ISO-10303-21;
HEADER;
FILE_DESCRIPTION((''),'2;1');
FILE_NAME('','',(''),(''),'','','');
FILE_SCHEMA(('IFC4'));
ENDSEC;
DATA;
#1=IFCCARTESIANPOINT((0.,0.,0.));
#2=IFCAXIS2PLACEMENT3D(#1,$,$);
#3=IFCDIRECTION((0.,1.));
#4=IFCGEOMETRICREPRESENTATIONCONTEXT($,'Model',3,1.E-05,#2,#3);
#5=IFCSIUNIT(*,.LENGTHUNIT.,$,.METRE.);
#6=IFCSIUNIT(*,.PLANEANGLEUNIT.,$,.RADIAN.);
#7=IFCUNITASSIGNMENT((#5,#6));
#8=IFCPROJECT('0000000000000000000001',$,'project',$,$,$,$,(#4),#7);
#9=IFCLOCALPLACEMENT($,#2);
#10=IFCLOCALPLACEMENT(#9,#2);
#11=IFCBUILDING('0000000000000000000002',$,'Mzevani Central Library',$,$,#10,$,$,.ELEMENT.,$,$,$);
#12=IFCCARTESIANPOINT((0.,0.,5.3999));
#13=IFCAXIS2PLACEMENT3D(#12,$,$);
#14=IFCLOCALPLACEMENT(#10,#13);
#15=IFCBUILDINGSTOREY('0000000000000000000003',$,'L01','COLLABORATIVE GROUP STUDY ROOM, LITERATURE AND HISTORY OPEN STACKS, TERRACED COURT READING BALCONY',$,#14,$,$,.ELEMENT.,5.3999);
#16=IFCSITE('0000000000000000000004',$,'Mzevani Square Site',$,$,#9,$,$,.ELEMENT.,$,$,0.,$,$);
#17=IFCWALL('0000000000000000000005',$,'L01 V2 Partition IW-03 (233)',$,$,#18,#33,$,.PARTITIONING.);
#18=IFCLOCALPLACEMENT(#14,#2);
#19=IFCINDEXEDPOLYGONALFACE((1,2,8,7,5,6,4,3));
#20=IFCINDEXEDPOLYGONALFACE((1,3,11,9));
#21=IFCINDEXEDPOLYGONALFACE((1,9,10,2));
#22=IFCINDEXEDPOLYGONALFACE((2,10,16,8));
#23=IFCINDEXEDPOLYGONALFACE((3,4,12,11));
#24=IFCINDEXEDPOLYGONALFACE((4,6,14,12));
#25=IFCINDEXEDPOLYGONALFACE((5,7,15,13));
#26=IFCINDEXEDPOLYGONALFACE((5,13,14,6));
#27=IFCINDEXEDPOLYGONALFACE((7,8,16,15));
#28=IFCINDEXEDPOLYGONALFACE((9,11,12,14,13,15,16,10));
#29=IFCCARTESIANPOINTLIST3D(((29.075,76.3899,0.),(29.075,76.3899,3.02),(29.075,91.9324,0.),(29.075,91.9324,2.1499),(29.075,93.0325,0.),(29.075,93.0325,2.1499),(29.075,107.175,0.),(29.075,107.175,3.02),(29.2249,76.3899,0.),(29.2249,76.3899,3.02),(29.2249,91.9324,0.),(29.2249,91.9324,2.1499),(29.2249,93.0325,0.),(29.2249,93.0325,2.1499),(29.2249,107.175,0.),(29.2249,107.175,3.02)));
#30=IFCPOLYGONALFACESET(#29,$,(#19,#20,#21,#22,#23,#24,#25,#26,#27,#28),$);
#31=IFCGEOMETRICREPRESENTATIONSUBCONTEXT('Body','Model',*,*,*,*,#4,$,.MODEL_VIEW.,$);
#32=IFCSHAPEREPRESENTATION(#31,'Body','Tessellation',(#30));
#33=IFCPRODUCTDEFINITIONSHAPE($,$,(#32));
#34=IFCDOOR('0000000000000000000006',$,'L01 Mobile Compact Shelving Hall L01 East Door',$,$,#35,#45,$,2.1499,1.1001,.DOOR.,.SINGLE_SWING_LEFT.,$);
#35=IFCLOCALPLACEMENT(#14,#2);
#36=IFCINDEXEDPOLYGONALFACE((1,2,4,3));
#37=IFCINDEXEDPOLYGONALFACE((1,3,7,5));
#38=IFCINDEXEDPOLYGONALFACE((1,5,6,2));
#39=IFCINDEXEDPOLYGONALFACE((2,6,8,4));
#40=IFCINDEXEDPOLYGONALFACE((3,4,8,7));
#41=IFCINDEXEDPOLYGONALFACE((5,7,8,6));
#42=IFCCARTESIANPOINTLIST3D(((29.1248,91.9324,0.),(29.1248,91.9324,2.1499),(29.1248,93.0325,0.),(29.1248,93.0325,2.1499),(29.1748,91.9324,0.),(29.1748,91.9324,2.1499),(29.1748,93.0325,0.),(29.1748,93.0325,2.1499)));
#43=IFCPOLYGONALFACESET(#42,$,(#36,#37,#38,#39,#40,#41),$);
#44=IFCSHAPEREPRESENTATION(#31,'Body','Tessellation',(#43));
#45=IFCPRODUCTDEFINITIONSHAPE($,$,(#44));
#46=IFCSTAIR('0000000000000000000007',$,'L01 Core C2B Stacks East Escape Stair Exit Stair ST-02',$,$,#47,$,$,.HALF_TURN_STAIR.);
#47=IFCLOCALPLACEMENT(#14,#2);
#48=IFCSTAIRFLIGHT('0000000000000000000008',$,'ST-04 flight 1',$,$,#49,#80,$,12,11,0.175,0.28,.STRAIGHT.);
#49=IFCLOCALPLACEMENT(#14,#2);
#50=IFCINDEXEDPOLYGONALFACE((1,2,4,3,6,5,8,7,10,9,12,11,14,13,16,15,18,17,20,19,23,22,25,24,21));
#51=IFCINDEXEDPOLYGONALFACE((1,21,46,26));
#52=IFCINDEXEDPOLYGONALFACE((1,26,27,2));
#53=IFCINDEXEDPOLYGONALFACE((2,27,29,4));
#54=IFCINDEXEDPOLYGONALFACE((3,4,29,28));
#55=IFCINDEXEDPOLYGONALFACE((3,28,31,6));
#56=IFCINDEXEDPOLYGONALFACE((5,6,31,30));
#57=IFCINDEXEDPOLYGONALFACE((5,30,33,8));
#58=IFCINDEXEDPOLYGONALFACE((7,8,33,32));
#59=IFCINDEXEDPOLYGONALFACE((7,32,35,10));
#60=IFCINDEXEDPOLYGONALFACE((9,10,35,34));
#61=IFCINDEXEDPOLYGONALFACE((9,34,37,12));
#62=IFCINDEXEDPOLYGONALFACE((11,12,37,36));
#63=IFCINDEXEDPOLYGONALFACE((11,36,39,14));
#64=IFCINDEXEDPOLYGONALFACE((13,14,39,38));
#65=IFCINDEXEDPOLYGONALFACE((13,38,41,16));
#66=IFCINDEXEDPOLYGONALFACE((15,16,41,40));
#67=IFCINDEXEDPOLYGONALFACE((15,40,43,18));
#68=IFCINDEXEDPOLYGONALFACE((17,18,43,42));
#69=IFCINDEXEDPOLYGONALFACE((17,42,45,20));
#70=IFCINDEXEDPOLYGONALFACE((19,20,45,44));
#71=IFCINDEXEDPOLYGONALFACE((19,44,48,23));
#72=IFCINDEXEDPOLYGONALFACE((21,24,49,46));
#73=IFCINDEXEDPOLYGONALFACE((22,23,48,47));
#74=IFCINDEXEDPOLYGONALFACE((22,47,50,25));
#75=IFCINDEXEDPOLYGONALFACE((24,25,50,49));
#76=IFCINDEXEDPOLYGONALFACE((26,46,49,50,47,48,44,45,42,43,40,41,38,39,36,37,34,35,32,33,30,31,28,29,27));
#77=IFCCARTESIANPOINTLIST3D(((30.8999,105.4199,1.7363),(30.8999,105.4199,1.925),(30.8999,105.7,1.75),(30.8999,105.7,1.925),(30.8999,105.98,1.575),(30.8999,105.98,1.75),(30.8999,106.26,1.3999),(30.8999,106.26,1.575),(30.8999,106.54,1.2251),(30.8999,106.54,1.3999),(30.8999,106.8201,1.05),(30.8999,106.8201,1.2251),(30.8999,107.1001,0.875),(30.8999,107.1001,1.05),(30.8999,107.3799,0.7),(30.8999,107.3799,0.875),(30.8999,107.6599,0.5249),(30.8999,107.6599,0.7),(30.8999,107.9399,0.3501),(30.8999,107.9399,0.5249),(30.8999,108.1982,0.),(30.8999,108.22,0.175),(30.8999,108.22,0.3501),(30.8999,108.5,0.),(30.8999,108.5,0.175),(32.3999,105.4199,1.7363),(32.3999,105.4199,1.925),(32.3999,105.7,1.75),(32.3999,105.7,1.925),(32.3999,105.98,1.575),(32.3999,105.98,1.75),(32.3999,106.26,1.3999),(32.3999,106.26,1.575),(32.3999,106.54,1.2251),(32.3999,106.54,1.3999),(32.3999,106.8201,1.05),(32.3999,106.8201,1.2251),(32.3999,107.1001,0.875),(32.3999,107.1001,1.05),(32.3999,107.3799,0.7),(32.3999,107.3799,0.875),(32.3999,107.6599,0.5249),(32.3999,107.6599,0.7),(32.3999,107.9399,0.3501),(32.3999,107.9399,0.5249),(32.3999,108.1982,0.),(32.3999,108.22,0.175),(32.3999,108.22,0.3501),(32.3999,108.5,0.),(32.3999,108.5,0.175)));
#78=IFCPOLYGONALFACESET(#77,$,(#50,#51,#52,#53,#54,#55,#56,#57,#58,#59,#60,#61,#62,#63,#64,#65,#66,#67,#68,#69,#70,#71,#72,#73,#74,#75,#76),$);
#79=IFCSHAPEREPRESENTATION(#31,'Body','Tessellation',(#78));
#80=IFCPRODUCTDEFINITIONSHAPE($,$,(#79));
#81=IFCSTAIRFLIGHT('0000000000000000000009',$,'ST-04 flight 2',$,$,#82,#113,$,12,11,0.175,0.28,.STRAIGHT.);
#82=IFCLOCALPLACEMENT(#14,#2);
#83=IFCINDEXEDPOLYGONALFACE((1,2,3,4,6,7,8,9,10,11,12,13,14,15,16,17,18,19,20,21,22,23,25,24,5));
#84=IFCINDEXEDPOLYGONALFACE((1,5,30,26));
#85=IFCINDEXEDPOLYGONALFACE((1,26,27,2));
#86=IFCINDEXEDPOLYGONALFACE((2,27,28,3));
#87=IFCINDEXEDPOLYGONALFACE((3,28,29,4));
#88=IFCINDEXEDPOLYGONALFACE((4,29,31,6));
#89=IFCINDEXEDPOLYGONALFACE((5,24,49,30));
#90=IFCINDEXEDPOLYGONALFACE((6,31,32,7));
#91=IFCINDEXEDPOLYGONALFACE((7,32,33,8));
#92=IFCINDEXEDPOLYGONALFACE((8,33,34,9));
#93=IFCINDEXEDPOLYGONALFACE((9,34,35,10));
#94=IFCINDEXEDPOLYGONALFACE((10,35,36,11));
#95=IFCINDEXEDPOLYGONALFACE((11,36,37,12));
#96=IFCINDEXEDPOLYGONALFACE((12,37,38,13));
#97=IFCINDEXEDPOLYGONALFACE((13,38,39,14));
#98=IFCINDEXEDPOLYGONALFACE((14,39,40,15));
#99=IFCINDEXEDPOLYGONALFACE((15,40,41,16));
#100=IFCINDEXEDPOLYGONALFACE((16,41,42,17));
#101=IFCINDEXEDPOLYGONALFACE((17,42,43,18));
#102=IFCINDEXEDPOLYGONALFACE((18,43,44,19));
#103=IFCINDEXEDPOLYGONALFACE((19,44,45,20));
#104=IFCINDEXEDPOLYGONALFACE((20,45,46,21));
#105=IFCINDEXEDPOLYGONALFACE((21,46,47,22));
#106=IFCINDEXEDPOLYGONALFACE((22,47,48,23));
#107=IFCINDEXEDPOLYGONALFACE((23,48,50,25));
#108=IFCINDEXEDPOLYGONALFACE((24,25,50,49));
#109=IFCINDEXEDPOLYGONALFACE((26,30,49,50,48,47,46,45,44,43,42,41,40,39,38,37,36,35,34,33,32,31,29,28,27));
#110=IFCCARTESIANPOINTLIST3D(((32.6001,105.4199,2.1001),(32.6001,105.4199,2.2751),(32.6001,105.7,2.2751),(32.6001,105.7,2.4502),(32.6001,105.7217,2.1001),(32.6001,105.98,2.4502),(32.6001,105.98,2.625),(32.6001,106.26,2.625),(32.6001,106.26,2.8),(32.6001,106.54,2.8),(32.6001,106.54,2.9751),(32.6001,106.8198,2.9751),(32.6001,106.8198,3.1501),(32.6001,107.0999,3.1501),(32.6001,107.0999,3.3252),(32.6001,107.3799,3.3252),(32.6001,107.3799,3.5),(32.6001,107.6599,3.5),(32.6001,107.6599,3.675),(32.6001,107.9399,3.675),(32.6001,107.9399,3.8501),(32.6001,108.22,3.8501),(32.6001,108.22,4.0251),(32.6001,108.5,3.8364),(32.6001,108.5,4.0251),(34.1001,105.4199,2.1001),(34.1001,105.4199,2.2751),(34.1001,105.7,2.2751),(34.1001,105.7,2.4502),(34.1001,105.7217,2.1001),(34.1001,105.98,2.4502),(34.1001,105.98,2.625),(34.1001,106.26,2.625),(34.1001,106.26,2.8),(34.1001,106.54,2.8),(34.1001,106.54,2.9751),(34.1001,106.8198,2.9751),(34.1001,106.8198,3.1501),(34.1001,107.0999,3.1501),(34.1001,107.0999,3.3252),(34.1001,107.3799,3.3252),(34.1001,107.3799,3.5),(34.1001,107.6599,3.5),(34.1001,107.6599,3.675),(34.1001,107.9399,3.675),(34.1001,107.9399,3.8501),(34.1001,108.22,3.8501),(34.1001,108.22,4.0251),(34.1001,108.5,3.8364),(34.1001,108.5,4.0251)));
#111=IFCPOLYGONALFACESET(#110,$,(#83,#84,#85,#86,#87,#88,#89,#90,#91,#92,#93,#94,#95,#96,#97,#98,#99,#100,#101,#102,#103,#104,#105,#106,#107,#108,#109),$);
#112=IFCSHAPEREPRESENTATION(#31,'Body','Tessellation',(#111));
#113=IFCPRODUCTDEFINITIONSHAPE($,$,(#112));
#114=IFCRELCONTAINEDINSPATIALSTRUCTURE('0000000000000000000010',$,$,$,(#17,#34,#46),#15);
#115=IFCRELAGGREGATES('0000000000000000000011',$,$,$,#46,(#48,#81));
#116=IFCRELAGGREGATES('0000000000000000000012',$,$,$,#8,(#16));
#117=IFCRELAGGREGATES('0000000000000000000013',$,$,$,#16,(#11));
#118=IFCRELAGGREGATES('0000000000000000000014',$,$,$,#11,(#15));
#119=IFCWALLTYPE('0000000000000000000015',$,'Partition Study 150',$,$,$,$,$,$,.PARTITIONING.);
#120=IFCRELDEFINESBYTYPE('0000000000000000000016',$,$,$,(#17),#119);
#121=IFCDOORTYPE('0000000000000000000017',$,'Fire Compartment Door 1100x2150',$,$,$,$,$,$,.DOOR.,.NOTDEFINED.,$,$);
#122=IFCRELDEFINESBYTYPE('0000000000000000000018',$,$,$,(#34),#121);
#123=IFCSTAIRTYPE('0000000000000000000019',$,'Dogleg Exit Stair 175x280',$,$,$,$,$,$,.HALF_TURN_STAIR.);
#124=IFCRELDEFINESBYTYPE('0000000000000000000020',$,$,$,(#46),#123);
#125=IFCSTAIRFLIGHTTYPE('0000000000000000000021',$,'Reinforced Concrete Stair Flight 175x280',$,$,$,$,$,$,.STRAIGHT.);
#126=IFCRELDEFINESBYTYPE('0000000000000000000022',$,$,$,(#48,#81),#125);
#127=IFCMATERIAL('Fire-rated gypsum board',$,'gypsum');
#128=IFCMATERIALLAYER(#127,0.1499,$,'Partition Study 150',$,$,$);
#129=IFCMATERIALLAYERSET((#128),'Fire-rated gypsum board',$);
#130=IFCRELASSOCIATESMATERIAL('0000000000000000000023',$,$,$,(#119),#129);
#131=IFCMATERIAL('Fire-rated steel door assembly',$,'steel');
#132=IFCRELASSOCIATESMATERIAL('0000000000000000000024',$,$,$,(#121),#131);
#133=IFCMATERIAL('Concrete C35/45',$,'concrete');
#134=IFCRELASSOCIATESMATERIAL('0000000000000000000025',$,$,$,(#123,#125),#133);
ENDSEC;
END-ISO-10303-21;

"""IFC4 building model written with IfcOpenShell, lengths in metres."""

from ifc_helpers import new_model, si_unit, direction, frame, frame_2d, origin, place, context, subcontext, project, spatial, polyline, rectangle, outline, extrude, material, layer, layer_set, type_object, element, fill, aggregate, save


model = new_model("IFC4")

# Units and contexts
model_context = context("Model", 3, precision=1e-05, world=origin(), true_north=direction((0.0, 1.0)))
body_context = subcontext(model_context, "Body", "Model", "MODEL_VIEW")
ifc_project = project(units=[si_unit("LENGTHUNIT", "METRE"), si_unit("PLANEANGLEUNIT", "RADIAN")], contexts=[model_context])

# Site, building, storey
site_placement = place(None, origin())
site = spatial("IfcSite", under=ifc_project, at=site_placement, Name="Mzevani Square Site", CompositionType="ELEMENT", RefElevation=0.0)
building_placement = place(site_placement, origin())
building = spatial("IfcBuilding", under=site, at=building_placement, Name="Mzevani Central Library", CompositionType="ELEMENT")
storey_placement = place(building_placement, frame((0.0, 0.0, 5.3999)))
storey = spatial("IfcBuildingStorey", under=building, at=storey_placement, Name="L01", Description="COLLABORATIVE GROUP STUDY ROOM, LITERATURE AND HISTORY OPEN STACKS, TERRACED COURT READING BALCONY", CompositionType="ELEMENT", Elevation=5.3999)

# Shared definitions
ifc_material_1 = material(Name="Concrete C35/45", Category="concrete")

# Shared definitions
ifc_material_2 = material(Name="Fire-rated steel door assembly", Category="steel")

# Shared definitions
ifc_material_3 = material(Name="Fire-rated gypsum board", Category="gypsum")
ifc_layer_1 = layer(ifc_material_3, 0.1499, Name="Partition Study 150")
ifc_layer_set_1 = layer_set([ifc_layer_1], Name="Fire-rated gypsum board")
wall_type_1 = type_object("IfcWallType", Name="Partition Study 150", PredefinedType="PARTITIONING", material=ifc_layer_set_1)

# Shared definitions
door_type_1 = type_object("IfcDoorType", Name="Fire Compartment Door 1100x2150", OperationType="NOTDEFINED", PredefinedType="DOOR", material=ifc_material_2)

# Wall, opening, door
wall_1_placement = place(storey_placement, frame((29.1499, 107.175, 0.0), z_axis=(0.0, 0.0, 1.0), x_axis=(0.0, -1.0, 0.0)))
wall_1 = element("IfcWall", 1, at=wall_1_placement, inside=storey, type_object=wall_type_1, Name="L01 V2 Partition IW-03 (233)", PredefinedType="PARTITIONING", context=body_context, shape_type="SweptSolid", body=[
    extrude(rectangle(XDim=30.7852, YDim=0.1499, at=frame_2d((15.3926, 0.0))), origin(), (0.0, 0.0, 1.0), 3.02),
])
opening_1_placement = place(wall_1_placement, frame((14.1426, 0.0, 0.0)))
opening_1 = element("IfcOpeningElement", 2, at=opening_1_placement, cuts=wall_1, PredefinedType="OPENING", context=body_context, shape_type="SweptSolid", body=[
    extrude(rectangle(XDim=1.1001, YDim=2.1499, at=frame_2d((0.55, 1.075))), frame((0.0, 0.085, 0.0), z_axis=(0.0, -1.0, 0.0), x_axis=(1.0, 0.0, 0.0)), (0.0, 0.0, 1.0), 0.1699),
])
door_1_placement = place(opening_1_placement, origin())
door_1 = element("IfcDoor", 3, at=door_1_placement, inside=storey, type_object=door_type_1, Name="L01 Mobile Compact Shelving Hall L01 East Door", OperationType="SINGLE_SWING_LEFT", OverallHeight=2.1499, OverallWidth=1.1001, PredefinedType="DOOR", context=body_context, shape_type="SweptSolid", body=[
    extrude(rectangle(XDim=1.1001, YDim=2.1499, at=frame_2d((0.55, 1.075))), frame((0.0, 0.0249, 0.0), z_axis=(0.0, -1.0, 0.0), x_axis=(1.0, 0.0, 0.0)), (0.0, 0.0, 1.0), 0.05),
])
fill(opening_1, door_1)

# Stair, stair flights
stair_type = type_object("IfcStairType", Name="Dogleg Exit Stair 175x280", PredefinedType="HALF_TURN_STAIR", material=ifc_material_1)
stair_placement = place(storey_placement, origin())
stair = element("IfcStair", 4, at=stair_placement, inside=storey, type_object=stair_type, Name="L01 Core C2B Stacks East Escape Stair Exit Stair ST-02", PredefinedType="HALF_TURN_STAIR")
stair_flight_type = type_object("IfcStairFlightType", Name="Reinforced Concrete Stair Flight 175x280", PredefinedType="STRAIGHT", material=ifc_material_1)
stair_flight_1_placement = place(storey_placement, frame((31.6499, 108.5, 0.0), z_axis=(0.0, 0.0, 1.0), x_axis=(0.0, -1.0, 0.0)))
stair_flight_1 = element("IfcStairFlight", 5, at=stair_flight_1_placement, type_object=stair_flight_type, Name="ST-04 flight 1", NumberOfRisers=12, NumberOfTreads=11, PredefinedType="STRAIGHT", RiserHeight=0.175, TreadLength=0.28, context=body_context, shape_type="SweptSolid", body=[
    extrude(outline(polyline([(0.0, 0.0), (0.0, 0.175), (0.28, 0.175), (0.28, 0.3501), (0.5601, 0.3501), (0.5601, 0.5249), (0.8401, 0.5249), (0.8401, 0.7), (1.1201, 0.7), (1.1201, 0.875), (1.3999, 0.875), (1.3999, 1.05), (1.6799, 1.05), (1.6799, 1.2251), (1.96, 1.2251), (1.96, 1.3999), (2.24, 1.3999), (2.24, 1.575), (2.52, 1.575), (2.52, 1.75), (2.8, 1.75), (2.8, 1.925), (3.0801, 1.925), (3.0801, 2.1001), (3.0801, 1.7363), (0.3018, 0.0), (0.0, 0.0)])), frame((0.0, 0.75, 0.0), z_axis=(0.0, -1.0, 0.0), x_axis=(1.0, 0.0, 0.0)), (0.0, 0.0, 1.0), 1.5),
])
stair_flight_2_placement = place(storey_placement, frame((33.3501, 105.4199, 2.1001), z_axis=(0.0, 0.0, 1.0), x_axis=(0.0, 1.0, 0.0)))
stair_flight_2 = element("IfcStairFlight", 6, at=stair_flight_2_placement, type_object=stair_flight_type, Name="ST-04 flight 2", NumberOfRisers=12, NumberOfTreads=11, PredefinedType="STRAIGHT", RiserHeight=0.175, TreadLength=0.28, context=body_context, shape_type="SweptSolid", body=[
    extrude(outline(polyline([(0.0, 0.0), (0.0, 0.175), (0.28, 0.175), (0.28, 0.3501), (0.5601, 0.3501), (0.5601, 0.5249), (0.8401, 0.5249), (0.8401, 0.7), (1.1201, 0.7), (1.1201, 0.875), (1.3999, 0.875), (1.3999, 1.05), (1.6799, 1.05), (1.6799, 1.2251), (1.96, 1.2251), (1.96, 1.3999), (2.24, 1.3999), (2.24, 1.575), (2.52, 1.575), (2.52, 1.75), (2.8, 1.75), (2.8, 1.925), (3.0801, 1.925), (3.0801, 2.1001), (3.0801, 1.7363), (0.3018, 0.0), (0.0, 0.0)])), frame((0.0, 0.75, 0.0), z_axis=(0.0, -1.0, 0.0), x_axis=(1.0, 0.0, 0.0)), (0.0, 0.0, 1.0), 1.5),
])
aggregate(stair, [stair_flight_1, stair_flight_2])

save(model, "model.ifc")
